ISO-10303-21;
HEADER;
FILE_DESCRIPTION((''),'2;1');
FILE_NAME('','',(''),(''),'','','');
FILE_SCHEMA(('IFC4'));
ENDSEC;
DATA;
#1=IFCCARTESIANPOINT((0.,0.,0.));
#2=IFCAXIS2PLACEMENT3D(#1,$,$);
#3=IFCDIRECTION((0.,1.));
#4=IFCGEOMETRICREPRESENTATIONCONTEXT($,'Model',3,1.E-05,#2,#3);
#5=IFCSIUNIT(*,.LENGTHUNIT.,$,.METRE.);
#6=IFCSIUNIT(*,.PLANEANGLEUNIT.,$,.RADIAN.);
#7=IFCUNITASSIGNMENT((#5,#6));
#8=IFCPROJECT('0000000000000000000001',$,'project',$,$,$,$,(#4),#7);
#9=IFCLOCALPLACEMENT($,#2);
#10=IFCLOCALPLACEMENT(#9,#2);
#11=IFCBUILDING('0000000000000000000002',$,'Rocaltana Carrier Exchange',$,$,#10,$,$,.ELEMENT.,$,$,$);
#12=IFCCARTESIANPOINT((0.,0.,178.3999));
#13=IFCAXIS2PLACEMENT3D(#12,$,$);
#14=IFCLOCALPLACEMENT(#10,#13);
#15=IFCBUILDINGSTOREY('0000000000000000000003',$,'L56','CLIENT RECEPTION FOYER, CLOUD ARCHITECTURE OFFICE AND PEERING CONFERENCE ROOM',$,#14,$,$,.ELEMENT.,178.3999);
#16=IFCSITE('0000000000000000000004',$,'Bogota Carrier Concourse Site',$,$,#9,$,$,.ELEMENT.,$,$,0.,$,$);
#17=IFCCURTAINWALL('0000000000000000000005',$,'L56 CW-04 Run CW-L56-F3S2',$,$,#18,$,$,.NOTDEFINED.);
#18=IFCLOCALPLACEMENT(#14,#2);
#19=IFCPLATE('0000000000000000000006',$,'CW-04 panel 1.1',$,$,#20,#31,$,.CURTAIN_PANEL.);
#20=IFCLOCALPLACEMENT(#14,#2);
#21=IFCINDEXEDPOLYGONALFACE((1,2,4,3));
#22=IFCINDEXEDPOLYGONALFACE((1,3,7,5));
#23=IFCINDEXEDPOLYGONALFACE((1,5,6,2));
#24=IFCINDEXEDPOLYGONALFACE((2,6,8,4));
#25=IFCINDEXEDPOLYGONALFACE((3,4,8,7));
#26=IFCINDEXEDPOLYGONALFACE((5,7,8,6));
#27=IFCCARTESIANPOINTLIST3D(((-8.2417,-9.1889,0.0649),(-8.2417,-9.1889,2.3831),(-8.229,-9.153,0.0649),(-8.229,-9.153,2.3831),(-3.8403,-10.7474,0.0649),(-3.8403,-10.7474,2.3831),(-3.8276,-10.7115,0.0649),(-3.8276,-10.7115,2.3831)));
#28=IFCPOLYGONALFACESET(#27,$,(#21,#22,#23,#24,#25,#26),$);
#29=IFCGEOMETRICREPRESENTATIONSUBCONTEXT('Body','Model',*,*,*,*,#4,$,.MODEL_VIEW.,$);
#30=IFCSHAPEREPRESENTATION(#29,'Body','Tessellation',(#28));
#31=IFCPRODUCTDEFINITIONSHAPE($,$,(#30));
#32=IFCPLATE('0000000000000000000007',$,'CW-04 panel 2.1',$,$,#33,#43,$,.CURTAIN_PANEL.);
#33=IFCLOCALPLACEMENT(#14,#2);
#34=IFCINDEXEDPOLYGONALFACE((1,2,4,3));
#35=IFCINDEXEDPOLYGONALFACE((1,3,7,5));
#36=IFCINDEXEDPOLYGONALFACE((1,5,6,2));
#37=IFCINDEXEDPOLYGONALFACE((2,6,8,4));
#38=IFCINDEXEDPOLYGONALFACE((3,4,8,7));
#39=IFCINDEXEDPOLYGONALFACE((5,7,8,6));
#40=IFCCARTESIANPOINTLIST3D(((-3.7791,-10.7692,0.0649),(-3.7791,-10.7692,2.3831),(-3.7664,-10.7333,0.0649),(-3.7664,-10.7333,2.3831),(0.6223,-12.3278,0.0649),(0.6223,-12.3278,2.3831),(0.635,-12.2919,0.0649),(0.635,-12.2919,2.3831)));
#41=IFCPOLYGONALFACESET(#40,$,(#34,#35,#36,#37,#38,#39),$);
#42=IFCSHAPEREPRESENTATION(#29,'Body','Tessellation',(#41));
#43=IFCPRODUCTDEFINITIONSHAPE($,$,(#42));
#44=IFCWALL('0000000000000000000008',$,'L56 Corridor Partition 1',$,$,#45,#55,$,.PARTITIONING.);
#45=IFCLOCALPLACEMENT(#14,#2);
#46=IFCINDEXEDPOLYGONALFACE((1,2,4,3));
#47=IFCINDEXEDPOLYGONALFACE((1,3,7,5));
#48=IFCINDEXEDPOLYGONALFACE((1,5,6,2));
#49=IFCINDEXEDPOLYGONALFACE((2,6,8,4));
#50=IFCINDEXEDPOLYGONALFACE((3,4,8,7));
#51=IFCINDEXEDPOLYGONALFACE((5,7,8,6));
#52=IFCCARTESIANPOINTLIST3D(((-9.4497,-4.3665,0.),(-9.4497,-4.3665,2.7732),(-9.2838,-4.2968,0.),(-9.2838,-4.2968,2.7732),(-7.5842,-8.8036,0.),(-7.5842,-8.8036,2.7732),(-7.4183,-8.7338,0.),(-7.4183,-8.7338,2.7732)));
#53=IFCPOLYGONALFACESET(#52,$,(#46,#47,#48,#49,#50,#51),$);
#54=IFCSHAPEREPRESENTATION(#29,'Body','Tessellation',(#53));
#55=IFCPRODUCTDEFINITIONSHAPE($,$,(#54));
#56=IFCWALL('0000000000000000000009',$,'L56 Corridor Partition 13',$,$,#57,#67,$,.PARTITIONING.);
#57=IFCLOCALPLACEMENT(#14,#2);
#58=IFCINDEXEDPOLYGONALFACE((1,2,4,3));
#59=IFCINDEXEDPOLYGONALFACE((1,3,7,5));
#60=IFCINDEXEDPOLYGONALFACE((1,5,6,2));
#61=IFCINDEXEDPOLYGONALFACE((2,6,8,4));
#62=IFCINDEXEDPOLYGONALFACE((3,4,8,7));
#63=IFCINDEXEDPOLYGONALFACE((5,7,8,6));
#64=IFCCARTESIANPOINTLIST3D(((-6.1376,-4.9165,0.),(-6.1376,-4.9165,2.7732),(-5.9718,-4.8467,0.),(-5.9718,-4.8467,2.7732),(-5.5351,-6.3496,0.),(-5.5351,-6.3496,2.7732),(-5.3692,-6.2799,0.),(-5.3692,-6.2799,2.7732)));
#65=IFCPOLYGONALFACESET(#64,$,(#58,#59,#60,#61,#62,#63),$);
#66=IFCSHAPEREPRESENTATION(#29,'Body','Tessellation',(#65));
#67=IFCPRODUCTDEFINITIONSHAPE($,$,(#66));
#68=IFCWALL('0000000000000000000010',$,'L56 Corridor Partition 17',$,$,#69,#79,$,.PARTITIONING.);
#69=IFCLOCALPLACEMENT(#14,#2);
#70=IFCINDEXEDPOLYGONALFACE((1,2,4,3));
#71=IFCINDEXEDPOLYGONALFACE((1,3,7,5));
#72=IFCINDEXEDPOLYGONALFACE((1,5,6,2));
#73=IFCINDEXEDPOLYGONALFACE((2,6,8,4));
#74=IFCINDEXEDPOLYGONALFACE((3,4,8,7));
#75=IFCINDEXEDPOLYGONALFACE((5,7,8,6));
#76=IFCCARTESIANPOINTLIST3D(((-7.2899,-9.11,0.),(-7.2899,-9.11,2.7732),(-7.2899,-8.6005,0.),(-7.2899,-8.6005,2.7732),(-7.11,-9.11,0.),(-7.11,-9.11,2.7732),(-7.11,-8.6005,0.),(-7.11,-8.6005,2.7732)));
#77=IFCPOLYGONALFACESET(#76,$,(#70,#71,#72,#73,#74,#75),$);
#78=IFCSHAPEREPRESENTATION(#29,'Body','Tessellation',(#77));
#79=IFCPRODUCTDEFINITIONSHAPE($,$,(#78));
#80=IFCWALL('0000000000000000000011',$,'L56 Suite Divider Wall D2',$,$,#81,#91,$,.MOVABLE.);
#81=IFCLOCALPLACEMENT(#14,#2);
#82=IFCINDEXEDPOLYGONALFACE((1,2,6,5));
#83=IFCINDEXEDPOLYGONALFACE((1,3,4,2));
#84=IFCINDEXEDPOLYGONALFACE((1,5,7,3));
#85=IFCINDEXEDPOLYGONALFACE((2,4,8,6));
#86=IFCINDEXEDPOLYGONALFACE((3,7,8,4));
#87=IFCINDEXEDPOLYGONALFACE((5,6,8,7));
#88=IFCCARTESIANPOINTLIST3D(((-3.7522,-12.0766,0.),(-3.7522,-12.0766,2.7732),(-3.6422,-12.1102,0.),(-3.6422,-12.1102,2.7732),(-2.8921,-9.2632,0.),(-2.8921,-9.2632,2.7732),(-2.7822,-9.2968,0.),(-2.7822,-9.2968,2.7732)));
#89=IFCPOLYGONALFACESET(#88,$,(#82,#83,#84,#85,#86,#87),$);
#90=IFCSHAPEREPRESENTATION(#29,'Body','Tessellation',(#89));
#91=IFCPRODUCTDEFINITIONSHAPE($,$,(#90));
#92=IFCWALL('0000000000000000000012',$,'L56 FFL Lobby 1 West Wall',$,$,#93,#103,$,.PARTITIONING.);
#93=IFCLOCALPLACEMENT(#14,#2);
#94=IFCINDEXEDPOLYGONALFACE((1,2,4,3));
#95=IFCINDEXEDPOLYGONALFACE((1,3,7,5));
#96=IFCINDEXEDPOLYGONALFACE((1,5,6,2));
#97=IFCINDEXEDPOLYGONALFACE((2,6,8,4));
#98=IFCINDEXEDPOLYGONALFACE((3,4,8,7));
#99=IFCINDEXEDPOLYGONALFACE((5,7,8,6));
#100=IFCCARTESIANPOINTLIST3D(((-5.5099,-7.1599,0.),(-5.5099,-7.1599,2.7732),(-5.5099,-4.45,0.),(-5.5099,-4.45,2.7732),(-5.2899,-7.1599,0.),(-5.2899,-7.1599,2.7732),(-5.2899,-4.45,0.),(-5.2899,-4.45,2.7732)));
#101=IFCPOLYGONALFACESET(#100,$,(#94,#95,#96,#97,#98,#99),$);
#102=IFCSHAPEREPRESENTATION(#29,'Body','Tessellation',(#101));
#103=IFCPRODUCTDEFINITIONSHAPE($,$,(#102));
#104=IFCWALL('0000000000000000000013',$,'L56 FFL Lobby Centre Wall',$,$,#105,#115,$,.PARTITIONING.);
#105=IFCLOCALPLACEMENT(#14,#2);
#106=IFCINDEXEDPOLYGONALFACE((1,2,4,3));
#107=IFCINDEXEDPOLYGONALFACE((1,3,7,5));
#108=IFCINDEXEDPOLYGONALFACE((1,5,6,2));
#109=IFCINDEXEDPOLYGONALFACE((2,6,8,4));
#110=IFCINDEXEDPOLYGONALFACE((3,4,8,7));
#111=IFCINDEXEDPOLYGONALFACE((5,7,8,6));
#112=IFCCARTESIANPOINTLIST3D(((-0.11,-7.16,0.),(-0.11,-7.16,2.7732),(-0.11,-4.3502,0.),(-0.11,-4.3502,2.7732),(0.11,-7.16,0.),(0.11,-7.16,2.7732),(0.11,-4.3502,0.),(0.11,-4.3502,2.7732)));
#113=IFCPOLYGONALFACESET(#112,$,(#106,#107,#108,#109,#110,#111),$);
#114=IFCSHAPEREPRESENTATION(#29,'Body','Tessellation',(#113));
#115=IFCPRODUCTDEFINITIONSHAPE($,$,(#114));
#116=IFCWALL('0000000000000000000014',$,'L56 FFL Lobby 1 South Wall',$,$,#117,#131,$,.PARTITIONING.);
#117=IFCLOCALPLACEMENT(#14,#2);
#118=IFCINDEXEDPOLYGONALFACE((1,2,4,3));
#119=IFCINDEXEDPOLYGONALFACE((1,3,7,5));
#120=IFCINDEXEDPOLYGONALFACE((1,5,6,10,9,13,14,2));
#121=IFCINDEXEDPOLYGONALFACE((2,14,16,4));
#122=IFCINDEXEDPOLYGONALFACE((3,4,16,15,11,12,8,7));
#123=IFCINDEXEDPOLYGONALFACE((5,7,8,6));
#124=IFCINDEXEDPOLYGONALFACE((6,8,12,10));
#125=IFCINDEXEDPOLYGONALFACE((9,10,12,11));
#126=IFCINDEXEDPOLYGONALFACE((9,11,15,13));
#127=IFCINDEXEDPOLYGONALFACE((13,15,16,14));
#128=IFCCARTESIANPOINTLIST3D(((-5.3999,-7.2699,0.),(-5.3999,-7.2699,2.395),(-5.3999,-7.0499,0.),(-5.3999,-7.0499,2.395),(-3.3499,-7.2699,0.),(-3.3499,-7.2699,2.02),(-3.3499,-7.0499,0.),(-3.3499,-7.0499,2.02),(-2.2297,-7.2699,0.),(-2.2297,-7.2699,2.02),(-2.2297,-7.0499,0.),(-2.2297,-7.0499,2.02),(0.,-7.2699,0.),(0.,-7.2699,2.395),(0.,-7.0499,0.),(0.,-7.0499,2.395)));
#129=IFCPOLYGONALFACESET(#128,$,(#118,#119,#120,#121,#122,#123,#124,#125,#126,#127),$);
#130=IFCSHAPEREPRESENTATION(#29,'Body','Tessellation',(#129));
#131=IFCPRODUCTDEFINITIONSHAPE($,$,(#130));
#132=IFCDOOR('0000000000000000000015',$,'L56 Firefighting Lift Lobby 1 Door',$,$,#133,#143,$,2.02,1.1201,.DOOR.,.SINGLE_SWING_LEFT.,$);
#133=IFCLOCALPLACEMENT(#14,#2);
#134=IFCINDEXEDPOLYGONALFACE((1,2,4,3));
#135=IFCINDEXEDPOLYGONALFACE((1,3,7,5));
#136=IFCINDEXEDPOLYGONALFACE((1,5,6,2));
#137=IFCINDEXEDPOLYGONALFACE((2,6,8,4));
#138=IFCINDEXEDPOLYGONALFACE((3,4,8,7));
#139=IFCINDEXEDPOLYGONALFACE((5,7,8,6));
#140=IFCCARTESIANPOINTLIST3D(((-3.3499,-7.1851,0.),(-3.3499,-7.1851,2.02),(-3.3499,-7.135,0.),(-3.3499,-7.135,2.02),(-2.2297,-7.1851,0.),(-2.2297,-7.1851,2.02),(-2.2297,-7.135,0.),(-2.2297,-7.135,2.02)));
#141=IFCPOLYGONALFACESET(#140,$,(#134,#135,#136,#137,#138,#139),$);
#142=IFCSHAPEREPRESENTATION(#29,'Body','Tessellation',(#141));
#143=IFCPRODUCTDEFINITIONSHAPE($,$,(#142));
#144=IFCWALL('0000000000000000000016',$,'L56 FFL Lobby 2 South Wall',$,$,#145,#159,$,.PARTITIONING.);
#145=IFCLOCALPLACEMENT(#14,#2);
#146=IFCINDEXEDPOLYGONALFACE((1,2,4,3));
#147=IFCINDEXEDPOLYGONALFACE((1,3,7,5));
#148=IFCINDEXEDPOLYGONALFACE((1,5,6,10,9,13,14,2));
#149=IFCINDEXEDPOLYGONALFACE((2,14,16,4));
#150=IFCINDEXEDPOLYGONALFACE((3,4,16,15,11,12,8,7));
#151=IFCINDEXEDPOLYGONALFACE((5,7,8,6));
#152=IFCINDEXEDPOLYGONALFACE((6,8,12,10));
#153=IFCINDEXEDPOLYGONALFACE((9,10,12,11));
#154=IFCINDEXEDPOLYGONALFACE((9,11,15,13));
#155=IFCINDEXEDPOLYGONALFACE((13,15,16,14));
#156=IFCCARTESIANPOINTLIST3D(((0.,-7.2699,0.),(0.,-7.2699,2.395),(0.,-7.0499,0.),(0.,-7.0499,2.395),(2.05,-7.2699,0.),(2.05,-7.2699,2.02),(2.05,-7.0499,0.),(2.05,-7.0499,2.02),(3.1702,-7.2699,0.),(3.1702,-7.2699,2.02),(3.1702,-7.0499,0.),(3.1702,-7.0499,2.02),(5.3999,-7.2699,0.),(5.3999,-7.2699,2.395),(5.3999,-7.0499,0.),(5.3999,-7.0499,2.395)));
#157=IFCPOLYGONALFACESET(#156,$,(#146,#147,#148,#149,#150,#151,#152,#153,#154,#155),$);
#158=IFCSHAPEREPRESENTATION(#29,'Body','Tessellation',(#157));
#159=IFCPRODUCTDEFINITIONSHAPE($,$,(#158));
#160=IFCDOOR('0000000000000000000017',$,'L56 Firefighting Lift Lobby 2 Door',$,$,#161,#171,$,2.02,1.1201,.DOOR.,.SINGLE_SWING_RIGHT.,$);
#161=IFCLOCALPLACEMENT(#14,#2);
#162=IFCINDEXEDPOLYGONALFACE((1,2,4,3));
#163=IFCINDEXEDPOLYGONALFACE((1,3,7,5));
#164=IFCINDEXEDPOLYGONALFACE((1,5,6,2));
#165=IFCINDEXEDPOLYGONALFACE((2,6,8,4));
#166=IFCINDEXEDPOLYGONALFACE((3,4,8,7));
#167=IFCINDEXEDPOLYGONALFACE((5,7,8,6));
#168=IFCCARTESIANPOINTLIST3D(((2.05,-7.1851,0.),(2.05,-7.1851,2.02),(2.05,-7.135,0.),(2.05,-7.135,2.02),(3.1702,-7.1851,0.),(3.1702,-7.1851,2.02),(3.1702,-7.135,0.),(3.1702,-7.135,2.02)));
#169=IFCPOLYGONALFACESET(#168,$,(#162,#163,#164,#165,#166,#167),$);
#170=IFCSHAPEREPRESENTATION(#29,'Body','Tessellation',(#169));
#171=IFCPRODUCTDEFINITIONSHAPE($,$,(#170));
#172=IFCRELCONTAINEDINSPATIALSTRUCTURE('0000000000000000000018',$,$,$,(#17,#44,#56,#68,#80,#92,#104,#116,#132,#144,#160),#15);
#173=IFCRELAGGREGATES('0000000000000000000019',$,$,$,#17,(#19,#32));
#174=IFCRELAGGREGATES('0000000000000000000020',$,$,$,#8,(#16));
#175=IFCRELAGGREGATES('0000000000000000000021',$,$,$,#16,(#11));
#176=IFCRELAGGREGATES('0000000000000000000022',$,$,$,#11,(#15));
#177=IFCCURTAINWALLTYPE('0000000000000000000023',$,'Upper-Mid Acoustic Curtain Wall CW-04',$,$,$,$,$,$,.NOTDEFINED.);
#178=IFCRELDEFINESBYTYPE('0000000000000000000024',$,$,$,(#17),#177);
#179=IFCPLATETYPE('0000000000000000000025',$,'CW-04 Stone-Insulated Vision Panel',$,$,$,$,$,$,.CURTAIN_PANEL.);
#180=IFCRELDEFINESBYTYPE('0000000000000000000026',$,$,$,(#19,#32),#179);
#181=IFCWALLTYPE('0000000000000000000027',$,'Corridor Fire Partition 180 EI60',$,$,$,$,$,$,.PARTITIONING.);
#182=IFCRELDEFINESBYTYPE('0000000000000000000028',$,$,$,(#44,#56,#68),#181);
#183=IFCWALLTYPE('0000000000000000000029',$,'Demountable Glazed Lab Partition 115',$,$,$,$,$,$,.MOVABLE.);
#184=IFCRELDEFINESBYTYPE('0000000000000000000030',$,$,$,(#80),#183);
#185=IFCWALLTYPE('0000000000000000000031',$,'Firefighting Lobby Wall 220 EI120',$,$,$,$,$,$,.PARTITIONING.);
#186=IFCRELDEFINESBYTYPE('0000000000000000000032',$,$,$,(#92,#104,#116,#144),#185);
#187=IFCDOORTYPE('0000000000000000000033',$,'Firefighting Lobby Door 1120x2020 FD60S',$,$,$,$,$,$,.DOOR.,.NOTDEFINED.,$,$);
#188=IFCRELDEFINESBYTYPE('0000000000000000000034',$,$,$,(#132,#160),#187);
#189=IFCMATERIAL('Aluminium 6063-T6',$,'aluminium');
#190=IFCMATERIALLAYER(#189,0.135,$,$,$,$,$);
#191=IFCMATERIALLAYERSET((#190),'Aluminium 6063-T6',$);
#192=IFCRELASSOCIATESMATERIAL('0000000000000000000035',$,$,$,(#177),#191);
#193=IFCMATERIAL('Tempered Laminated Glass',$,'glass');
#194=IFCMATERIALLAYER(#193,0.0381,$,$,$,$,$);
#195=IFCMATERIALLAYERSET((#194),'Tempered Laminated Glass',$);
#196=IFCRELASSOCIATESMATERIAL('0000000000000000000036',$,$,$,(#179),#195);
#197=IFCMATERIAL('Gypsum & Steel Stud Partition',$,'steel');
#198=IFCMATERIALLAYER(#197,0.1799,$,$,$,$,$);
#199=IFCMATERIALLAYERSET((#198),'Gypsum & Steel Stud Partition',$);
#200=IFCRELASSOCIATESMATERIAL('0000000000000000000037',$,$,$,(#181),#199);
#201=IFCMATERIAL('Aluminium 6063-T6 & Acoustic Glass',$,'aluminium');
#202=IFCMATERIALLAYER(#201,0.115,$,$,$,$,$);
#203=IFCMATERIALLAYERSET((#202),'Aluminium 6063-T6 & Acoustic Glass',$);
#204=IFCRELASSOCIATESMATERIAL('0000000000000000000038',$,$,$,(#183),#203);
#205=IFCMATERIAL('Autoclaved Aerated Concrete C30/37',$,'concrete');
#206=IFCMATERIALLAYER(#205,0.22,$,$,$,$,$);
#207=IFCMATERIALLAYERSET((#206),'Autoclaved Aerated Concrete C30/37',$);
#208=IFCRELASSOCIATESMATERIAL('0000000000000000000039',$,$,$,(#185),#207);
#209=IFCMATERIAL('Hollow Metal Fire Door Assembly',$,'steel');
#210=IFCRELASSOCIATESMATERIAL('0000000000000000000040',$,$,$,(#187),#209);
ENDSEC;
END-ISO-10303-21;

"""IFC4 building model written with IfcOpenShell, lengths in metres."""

from ifc_helpers import new_model, si_unit, direction, frame, frame_2d, origin, origin_2d, place, context, subcontext, project, spatial, rectangle, extrude, material, layer, layer_set, type_object, element, fill, aggregate, save


model = new_model("IFC4")

# Units and contexts
model_context = context("Model", 3, precision=1e-05, world=origin(), true_north=direction((0.0, 1.0)))
body_context = subcontext(model_context, "Body", "Model", "MODEL_VIEW")
ifc_project = project(units=[si_unit("LENGTHUNIT", "METRE"), si_unit("PLANEANGLEUNIT", "RADIAN")], contexts=[model_context])

# Site, building, storey
site_placement = place(None, origin())
site = spatial("IfcSite", under=ifc_project, at=site_placement, Name="Bogota Carrier Concourse Site", CompositionType="ELEMENT", RefElevation=0.0)
building_placement = place(site_placement, origin())
building = spatial("IfcBuilding", under=site, at=building_placement, Name="Rocaltana Carrier Exchange", CompositionType="ELEMENT")
storey_placement = place(building_placement, frame((0.0, 0.0, 178.3999)))
storey = spatial("IfcBuildingStorey", under=building, at=storey_placement, Name="L56", Description="CLIENT RECEPTION FOYER, CLOUD ARCHITECTURE OFFICE AND PEERING CONFERENCE ROOM", CompositionType="ELEMENT", Elevation=178.3999)

# Curtain wall
ifc_material_1 = material(Name="Aluminium 6063-T6", Category="aluminium")
ifc_layer_1 = layer(ifc_material_1, 0.135)
ifc_layer_set_1 = layer_set([ifc_layer_1], Name="Aluminium 6063-T6")
curtain_wall_type = type_object("IfcCurtainWallType", Name="Upper-Mid Acoustic Curtain Wall CW-04", PredefinedType="NOTDEFINED", material=ifc_layer_set_1)
curtain_wall_placement = place(storey_placement, origin())
curtain_wall = element("IfcCurtainWall", 1, at=curtain_wall_placement, inside=storey, type_object=curtain_wall_type, Name="L56 CW-04 Run CW-L56-F3S2", PredefinedType="NOTDEFINED")

# Plates
ifc_material_2 = material(Name="Tempered Laminated Glass", Category="glass")
ifc_layer_2 = layer(ifc_material_2, 0.0381)
ifc_layer_set_2 = layer_set([ifc_layer_2], Name="Tempered Laminated Glass")
plate_type = type_object("IfcPlateType", Name="CW-04 Stone-Insulated Vision Panel", PredefinedType="CURTAIN_PANEL", material=ifc_layer_set_2)
plate_1_placement = place(storey_placement, frame((-6.0347, -9.9502, 0.0649), z_axis=(0.0, 0.0, 1.0), x_axis=(0.942644, -0.333799, 0.0)))
plate_1 = element("IfcPlate", 2, at=plate_1_placement, type_object=plate_type, Name="CW-04 panel 1.1", PredefinedType="CURTAIN_PANEL", context=body_context, shape_type="SweptSolid", body=[
    extrude(rectangle(XDim=4.6692, YDim=0.0381, at=origin_2d()), origin(), (0.0, 0.0, 1.0), 2.3181),
])
plate_2_placement = place(storey_placement, frame((-1.572, -11.5305, 0.0649), z_axis=(0.0, 0.0, 1.0), x_axis=(0.942644, -0.333799, 0.0)))
plate_2 = element("IfcPlate", 3, at=plate_2_placement, type_object=plate_type, Name="CW-04 panel 2.1", PredefinedType="CURTAIN_PANEL", context=body_context, shape_type="SweptSolid", body=[
    extrude(rectangle(XDim=4.6692, YDim=0.0381, at=origin_2d()), origin(), (0.0, 0.0, 1.0), 2.3181),
])
aggregate(curtain_wall, [plate_1, plate_2])

# Walls
ifc_material_3 = material(Name="Gypsum & Steel Stud Partition", Category="steel")
ifc_layer_3 = layer(ifc_material_3, 0.1799)
ifc_layer_set_3 = layer_set([ifc_layer_3], Name="Gypsum & Steel Stud Partition")
wall_type_1 = type_object("IfcWallType", Name="Corridor Fire Partition 180 EI60", PredefinedType="PARTITIONING", material=ifc_layer_set_3)
wall_1_placement = place(storey_placement, frame((-7.5012, -8.7688, 0.0), z_axis=(0.0, 0.0, 1.0), x_axis=(-0.387574, 0.921839, 0.0)))
element("IfcWall", 4, at=wall_1_placement, inside=storey, type_object=wall_type_1, Name="L56 Corridor Partition 1", PredefinedType="PARTITIONING", context=body_context, shape_type="SweptSolid", body=[
    extrude(rectangle(XDim=4.8132, YDim=0.1799, at=frame_2d((2.4067, 0.0))), origin(), (0.0, 0.0, 1.0), 2.7732),
])
wall_2_placement = place(storey_placement, frame((-6.0547, -4.8816, 0.0), z_axis=(0.0, 0.0, 1.0), x_axis=(0.38758, -0.921836, 0.0)))
element("IfcWall", 5, at=wall_2_placement, inside=storey, type_object=wall_type_1, Name="L56 Corridor Partition 13", PredefinedType="PARTITIONING", context=body_context, shape_type="SweptSolid", body=[
    extrude(rectangle(XDim=1.5547, YDim=0.1799, at=frame_2d((0.7773, 0.0))), origin(), (0.0, 0.0, 1.0), 2.7732),
])
wall_3_placement = place(storey_placement, frame((-7.2, -9.1101, 0.0), z_axis=(0.0, 0.0, 1.0), x_axis=(0.0, 1.0, 0.0)))
element("IfcWall", 6, at=wall_3_placement, inside=storey, type_object=wall_type_1, Name="L56 Corridor Partition 17", PredefinedType="PARTITIONING", context=body_context, shape_type="SweptSolid", body=[
    extrude(rectangle(XDim=0.5095, YDim=0.1799, at=frame_2d((0.2549, 0.0))), origin(), (0.0, 0.0, 1.0), 2.7732),
])
ifc_material_4 = material(Name="Aluminium 6063-T6 & Acoustic Glass", Category="aluminium")
ifc_layer_4 = layer(ifc_material_4, 0.115)
ifc_layer_set_4 = layer_set([ifc_layer_4], Name="Aluminium 6063-T6 & Acoustic Glass")
wall_type_2 = type_object("IfcWallType", Name="Demountable Glazed Lab Partition 115", PredefinedType="MOVABLE", material=ifc_layer_set_4)
wall_4_placement = place(storey_placement, frame((-2.8372, -9.28, 0.0), z_axis=(0.0, 0.0, 1.0), x_axis=(-0.292353, -0.95631, 0.0)))
element("IfcWall", 7, at=wall_4_placement, inside=storey, type_object=wall_type_2, Name="L56 Suite Divider Wall D2", PredefinedType="MOVABLE", context=body_context, shape_type="SweptSolid", body=[
    extrude(rectangle(XDim=2.9419, YDim=0.115, at=frame_2d((1.4709, 0.0))), origin(), (0.0, 0.0, 1.0), 2.7732),
])
ifc_material_5 = material(Name="Autoclaved Aerated Concrete C30/37", Category="concrete")
ifc_layer_5 = layer(ifc_material_5, 0.22)
ifc_layer_set_5 = layer_set([ifc_layer_5], Name="Autoclaved Aerated Concrete C30/37")
wall_type_3 = type_object("IfcWallType", Name="Firefighting Lobby Wall 220 EI120", PredefinedType="PARTITIONING", material=ifc_layer_set_5)
wall_5_placement = place(storey_placement, frame((-5.3999, -7.1599, 0.0), z_axis=(0.0, 0.0, 1.0), x_axis=(0.0, 1.0, 0.0)))
element("IfcWall", 8, at=wall_5_placement, inside=storey, type_object=wall_type_3, Name="L56 FFL Lobby 1 West Wall", PredefinedType="PARTITIONING", context=body_context, shape_type="SweptSolid", body=[
    extrude(rectangle(XDim=2.71, YDim=0.22, at=frame_2d((1.355, 0.0))), origin(), (0.0, 0.0, 1.0), 2.7732),
])
wall_6_placement = place(storey_placement, frame((0.0, -7.1599, 0.0), z_axis=(0.0, 0.0, 1.0), x_axis=(0.0, 1.0, 0.0)))
element("IfcWall", 9, at=wall_6_placement, inside=storey, type_object=wall_type_3, Name="L56 FFL Lobby Centre Wall", PredefinedType="PARTITIONING", context=body_context, shape_type="SweptSolid", body=[
    extrude(rectangle(XDim=2.8098, YDim=0.22, at=frame_2d((1.4048, 0.0))), origin(), (0.0, 0.0, 1.0), 2.7732),
])

# Walls, openings, doors
wall_7_placement = place(storey_placement, frame((-5.3999, -7.1599, 0.0), z_axis=(0.0, 0.0, 1.0), x_axis=(1.0, 0.0, 0.0)))
wall_7 = element("IfcWall", 10, at=wall_7_placement, inside=storey, type_object=wall_type_3, Name="L56 FFL Lobby 1 South Wall", PredefinedType="PARTITIONING", context=body_context, shape_type="SweptSolid", body=[
    extrude(rectangle(XDim=5.3999, YDim=0.22, at=frame_2d((2.7, 0.0))), origin(), (0.0, 0.0, 1.0), 2.395),
])
opening_1_placement = place(wall_7_placement, frame((2.05, 0.0, 0.0)))
opening_1 = element("IfcOpeningElement", 11, at=opening_1_placement, cuts=wall_7, PredefinedType="OPENING", context=body_context, shape_type="SweptSolid", body=[
    extrude(rectangle(XDim=1.1201, YDim=2.02, at=frame_2d((0.5601, 1.01))), frame((0.0, 0.1199, 0.0), z_axis=(0.0, -1.0, 0.0), x_axis=(1.0, 0.0, 0.0)), (0.0, 0.0, 1.0), 0.24),
])
ifc_material_6 = material(Name="Hollow Metal Fire Door Assembly", Category="steel")
door_type = type_object("IfcDoorType", Name="Firefighting Lobby Door 1120x2020 FD60S", OperationType="NOTDEFINED", PredefinedType="DOOR", material=ifc_material_6)
door_1_placement = place(opening_1_placement, origin())
door_1 = element("IfcDoor", 12, at=door_1_placement, inside=storey, type_object=door_type, Name="L56 Firefighting Lift Lobby 1 Door", OperationType="SINGLE_SWING_LEFT", OverallHeight=2.02, OverallWidth=1.1201, PredefinedType="DOOR", context=body_context, shape_type="SweptSolid", body=[
    extrude(rectangle(XDim=1.1201, YDim=2.02, at=frame_2d((0.5601, 1.01))), frame((0.0, 0.0249, 0.0), z_axis=(0.0, -1.0, 0.0), x_axis=(1.0, 0.0, 0.0)), (0.0, 0.0, 1.0), 0.05),
])
fill(opening_1, door_1)
wall_8_placement = place(storey_placement, frame((0.0, -7.1599, 0.0), z_axis=(0.0, 0.0, 1.0), x_axis=(1.0, 0.0, 0.0)))
wall_8 = element("IfcWall", 13, at=wall_8_placement, inside=storey, type_object=wall_type_3, Name="L56 FFL Lobby 2 South Wall", PredefinedType="PARTITIONING", context=body_context, shape_type="SweptSolid", body=[
    extrude(rectangle(XDim=5.3999, YDim=0.22, at=frame_2d((2.7, 0.0))), origin(), (0.0, 0.0, 1.0), 2.395),
])
opening_2_placement = place(wall_8_placement, frame((2.05, 0.0, 0.0)))
opening_2 = element("IfcOpeningElement", 14, at=opening_2_placement, cuts=wall_8, PredefinedType="OPENING", context=body_context, shape_type="SweptSolid", body=[
    extrude(rectangle(XDim=1.1201, YDim=2.02, at=frame_2d((0.5601, 1.01))), frame((0.0, 0.1199, 0.0), z_axis=(0.0, -1.0, 0.0), x_axis=(1.0, 0.0, 0.0)), (0.0, 0.0, 1.0), 0.24),
])
door_2_placement = place(opening_2_placement, origin())
door_2 = element("IfcDoor", 15, at=door_2_placement, inside=storey, type_object=door_type, Name="L56 Firefighting Lift Lobby 2 Door", OperationType="SINGLE_SWING_RIGHT", OverallHeight=2.02, OverallWidth=1.1201, PredefinedType="DOOR", context=body_context, shape_type="SweptSolid", body=[
    extrude(rectangle(XDim=1.1201, YDim=2.02, at=frame_2d((0.5601, 1.01))), frame((0.0, 0.0249, 0.0), z_axis=(0.0, -1.0, 0.0), x_axis=(1.0, 0.0, 0.0)), (0.0, 0.0, 1.0), 0.05),
])
fill(opening_2, door_2)

save(model, "model.ifc")
